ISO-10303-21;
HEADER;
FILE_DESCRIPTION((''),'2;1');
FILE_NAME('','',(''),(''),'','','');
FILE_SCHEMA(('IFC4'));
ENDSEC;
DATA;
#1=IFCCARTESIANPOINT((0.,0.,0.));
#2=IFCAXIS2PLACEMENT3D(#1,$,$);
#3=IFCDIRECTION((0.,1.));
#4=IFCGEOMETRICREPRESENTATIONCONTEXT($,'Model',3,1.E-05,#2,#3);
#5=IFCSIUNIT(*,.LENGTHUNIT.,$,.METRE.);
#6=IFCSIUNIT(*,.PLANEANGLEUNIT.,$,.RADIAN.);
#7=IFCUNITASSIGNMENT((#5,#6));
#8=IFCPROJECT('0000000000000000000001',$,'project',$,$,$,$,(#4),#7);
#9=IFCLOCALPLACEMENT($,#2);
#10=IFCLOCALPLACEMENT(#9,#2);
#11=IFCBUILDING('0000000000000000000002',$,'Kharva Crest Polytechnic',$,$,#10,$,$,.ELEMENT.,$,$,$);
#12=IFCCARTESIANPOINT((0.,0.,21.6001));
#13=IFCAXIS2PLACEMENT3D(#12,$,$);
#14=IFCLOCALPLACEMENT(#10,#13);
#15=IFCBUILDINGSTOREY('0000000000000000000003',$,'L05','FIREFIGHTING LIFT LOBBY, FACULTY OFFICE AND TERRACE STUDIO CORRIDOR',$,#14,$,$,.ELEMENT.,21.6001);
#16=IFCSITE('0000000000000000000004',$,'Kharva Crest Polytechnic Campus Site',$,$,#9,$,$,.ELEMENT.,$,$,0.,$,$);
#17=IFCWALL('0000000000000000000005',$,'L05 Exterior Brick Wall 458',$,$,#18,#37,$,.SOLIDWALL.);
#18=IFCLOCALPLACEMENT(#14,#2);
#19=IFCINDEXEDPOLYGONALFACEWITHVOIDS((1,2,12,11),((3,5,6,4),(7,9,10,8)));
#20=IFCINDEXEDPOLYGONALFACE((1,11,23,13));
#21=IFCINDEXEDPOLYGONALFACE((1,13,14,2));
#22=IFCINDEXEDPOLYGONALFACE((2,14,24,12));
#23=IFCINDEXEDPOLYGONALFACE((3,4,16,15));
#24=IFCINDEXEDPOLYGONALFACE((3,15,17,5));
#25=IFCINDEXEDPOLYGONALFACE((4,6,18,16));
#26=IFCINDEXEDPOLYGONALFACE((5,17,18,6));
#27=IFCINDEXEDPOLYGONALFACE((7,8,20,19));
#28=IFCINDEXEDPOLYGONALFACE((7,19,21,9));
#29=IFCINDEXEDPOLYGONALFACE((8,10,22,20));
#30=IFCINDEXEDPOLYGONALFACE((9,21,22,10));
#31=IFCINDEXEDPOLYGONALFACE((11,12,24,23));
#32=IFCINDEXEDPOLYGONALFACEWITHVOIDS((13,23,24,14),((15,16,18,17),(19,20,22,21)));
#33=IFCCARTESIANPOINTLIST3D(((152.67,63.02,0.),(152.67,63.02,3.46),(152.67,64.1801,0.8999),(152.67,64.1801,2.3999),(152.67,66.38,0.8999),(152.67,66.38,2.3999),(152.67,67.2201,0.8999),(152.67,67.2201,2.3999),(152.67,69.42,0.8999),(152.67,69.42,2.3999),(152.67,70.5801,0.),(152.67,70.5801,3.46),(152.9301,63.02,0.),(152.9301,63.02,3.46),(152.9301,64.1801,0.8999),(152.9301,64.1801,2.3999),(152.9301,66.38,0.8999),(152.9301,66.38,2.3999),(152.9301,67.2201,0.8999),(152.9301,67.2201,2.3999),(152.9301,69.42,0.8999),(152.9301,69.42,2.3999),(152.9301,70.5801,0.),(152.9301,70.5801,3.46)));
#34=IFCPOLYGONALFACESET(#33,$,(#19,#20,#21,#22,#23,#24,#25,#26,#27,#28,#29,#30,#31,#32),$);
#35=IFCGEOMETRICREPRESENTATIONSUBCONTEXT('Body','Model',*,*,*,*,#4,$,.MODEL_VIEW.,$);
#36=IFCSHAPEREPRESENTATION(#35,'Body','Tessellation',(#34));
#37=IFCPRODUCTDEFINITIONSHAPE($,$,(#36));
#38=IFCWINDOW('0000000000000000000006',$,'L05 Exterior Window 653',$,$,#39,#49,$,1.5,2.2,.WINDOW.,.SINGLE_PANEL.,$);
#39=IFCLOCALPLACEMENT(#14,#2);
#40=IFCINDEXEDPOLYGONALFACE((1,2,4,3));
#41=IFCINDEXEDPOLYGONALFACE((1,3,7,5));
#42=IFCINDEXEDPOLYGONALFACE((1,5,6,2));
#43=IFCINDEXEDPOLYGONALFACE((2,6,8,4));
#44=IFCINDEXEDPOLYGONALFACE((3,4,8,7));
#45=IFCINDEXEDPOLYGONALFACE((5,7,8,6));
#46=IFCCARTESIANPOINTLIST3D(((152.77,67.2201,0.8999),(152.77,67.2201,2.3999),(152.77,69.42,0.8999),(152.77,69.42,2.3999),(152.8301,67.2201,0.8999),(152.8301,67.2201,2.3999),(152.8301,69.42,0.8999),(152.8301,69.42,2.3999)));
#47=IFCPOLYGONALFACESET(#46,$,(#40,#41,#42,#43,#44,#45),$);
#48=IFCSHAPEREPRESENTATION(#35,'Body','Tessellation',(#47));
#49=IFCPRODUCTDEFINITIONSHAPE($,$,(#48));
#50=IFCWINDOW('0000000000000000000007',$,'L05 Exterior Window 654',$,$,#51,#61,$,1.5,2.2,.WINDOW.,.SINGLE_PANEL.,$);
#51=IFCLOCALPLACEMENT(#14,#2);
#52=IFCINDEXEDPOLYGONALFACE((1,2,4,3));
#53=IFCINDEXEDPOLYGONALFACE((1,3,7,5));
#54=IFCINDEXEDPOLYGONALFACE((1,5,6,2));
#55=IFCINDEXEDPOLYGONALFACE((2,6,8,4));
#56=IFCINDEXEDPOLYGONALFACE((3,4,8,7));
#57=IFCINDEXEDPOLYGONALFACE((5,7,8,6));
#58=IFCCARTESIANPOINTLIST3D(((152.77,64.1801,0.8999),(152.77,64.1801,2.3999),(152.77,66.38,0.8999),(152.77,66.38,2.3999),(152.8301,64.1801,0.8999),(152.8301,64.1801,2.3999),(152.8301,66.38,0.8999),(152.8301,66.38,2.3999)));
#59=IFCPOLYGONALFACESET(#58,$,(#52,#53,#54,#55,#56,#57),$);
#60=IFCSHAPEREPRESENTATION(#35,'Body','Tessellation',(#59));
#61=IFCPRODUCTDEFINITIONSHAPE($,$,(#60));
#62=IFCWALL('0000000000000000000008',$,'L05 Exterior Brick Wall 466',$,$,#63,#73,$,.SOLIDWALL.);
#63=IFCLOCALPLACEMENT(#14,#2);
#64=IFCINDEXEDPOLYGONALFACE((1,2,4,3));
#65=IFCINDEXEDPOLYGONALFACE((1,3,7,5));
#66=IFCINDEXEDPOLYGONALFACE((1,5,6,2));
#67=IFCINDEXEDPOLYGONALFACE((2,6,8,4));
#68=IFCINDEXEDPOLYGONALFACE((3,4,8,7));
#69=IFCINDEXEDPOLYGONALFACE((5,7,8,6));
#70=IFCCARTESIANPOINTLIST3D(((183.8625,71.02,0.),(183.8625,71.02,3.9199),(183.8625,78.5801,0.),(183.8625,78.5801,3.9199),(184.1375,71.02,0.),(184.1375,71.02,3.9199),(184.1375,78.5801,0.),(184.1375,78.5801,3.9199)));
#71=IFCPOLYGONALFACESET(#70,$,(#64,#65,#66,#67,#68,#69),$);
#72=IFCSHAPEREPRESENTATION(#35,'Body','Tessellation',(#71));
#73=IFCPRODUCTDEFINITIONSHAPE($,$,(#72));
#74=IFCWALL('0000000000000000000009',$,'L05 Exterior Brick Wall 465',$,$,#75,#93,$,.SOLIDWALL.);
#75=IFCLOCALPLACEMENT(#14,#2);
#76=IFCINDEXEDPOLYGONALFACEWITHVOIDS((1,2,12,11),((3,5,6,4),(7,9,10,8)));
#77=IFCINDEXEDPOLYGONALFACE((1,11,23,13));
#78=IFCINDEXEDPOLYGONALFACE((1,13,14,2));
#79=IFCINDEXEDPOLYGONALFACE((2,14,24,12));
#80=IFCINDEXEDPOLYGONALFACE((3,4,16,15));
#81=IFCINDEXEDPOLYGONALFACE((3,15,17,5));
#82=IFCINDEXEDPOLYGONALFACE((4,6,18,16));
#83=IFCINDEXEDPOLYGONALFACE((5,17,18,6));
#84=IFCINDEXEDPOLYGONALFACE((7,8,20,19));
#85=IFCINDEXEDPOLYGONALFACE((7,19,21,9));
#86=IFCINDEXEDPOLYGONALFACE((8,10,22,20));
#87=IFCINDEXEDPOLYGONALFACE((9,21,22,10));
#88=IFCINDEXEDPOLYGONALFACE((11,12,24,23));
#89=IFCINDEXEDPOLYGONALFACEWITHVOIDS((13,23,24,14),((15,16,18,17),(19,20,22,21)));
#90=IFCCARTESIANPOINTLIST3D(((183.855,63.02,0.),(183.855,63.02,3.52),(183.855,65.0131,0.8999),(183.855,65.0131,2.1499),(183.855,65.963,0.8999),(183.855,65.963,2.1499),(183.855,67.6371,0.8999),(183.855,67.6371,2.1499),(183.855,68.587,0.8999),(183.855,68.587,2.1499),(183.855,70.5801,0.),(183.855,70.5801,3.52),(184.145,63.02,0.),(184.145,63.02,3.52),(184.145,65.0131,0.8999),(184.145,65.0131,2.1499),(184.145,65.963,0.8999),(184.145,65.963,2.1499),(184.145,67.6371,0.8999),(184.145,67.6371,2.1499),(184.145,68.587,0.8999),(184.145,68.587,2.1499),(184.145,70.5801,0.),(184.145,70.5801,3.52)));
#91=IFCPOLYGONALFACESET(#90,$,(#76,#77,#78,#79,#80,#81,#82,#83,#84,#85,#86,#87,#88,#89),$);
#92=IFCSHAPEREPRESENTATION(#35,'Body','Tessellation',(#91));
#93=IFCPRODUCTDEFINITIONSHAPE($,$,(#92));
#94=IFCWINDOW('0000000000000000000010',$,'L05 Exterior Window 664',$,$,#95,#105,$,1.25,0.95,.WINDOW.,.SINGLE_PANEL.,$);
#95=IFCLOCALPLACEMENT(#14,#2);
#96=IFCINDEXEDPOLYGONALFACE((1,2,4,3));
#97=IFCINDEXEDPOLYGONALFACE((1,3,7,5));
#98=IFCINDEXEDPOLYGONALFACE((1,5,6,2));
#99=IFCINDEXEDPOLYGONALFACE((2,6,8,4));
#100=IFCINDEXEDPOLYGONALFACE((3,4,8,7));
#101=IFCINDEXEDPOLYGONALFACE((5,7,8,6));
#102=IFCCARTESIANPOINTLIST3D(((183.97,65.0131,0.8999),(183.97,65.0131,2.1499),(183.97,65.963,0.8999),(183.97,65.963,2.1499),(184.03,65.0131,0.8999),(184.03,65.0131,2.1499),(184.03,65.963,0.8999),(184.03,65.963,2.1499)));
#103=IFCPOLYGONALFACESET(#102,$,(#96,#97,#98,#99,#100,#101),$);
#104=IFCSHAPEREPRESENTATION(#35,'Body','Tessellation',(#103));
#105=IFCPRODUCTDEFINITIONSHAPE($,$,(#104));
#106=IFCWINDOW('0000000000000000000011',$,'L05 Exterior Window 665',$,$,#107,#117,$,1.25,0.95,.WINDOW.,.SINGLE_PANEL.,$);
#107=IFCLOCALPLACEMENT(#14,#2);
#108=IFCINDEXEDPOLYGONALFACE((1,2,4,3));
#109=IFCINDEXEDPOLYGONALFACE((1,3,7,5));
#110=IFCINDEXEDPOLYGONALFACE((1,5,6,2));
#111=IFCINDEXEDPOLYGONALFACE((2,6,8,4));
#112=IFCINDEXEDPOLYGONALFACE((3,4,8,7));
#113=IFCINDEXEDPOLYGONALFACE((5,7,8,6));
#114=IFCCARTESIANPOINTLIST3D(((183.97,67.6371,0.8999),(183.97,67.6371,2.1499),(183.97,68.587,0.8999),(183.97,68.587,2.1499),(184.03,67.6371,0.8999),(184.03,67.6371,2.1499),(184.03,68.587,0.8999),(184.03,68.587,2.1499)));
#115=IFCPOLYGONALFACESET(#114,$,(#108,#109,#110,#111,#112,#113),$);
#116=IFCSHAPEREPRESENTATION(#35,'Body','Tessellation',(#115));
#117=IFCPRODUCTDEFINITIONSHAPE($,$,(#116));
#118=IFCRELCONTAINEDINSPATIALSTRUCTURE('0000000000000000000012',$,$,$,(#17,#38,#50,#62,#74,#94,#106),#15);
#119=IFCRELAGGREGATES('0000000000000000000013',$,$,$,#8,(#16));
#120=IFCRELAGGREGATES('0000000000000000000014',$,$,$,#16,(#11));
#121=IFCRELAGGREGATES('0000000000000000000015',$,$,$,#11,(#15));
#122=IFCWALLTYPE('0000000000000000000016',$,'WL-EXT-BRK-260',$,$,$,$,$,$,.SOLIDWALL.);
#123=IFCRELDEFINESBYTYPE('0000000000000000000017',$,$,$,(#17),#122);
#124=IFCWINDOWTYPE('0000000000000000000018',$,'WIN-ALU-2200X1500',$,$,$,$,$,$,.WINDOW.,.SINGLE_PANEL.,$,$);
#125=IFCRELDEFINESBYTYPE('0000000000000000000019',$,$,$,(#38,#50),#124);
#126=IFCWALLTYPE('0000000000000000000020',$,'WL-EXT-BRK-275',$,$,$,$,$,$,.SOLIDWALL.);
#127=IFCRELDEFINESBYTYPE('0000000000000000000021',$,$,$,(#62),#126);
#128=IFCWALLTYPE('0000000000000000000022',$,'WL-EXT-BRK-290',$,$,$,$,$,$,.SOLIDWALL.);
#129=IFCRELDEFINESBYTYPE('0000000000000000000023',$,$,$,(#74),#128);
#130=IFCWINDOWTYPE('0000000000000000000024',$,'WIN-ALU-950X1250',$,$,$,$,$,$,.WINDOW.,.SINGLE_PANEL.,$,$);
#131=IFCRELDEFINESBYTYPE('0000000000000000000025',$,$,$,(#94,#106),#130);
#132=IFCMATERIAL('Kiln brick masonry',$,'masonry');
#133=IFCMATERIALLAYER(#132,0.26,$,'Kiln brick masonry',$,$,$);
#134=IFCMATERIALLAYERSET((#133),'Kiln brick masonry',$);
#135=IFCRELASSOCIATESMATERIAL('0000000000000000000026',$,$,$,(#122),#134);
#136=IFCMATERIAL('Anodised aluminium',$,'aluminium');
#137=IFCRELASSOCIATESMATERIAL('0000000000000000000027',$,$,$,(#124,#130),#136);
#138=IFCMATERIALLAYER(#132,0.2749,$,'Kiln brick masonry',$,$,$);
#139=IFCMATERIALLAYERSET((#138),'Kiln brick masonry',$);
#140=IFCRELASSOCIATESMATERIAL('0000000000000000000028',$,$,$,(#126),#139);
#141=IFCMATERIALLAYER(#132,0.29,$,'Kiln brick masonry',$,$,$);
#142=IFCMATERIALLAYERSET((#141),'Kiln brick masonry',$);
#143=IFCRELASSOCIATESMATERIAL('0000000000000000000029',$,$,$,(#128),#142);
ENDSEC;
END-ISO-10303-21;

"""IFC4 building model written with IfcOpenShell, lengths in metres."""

from ifc_helpers import new_model, si_unit, direction, frame, frame_2d, origin, place, context, subcontext, project, spatial, rectangle, extrude, material, layer, layer_set, type_object, element, fill, save


model = new_model("IFC4")

# Units and contexts
model_context = context("Model", 3, precision=1e-05, world=origin(), true_north=direction((0.0, 1.0)))
body_context = subcontext(model_context, "Body", "Model", "MODEL_VIEW")
ifc_project = project(units=[si_unit("LENGTHUNIT", "METRE"), si_unit("PLANEANGLEUNIT", "RADIAN")], contexts=[model_context])

# Site, building, storey
site_placement = place(None, origin())
site = spatial("IfcSite", under=ifc_project, at=site_placement, Name="Kharva Crest Polytechnic Campus Site", CompositionType="ELEMENT", RefElevation=0.0)
building_placement = place(site_placement, origin())
building = spatial("IfcBuilding", under=site, at=building_placement, Name="Kharva Crest Polytechnic", CompositionType="ELEMENT")
storey_placement = place(building_placement, frame((0.0, 0.0, 21.6001)))
storey = spatial("IfcBuildingStorey", under=building, at=storey_placement, Name="L05", Description="FIREFIGHTING LIFT LOBBY, FACULTY OFFICE AND TERRACE STUDIO CORRIDOR", CompositionType="ELEMENT", Elevation=21.6001)

# Wall, openings, windows
ifc_material_1 = material(Name="Kiln brick masonry", Category="masonry")
ifc_layer_1 = layer(ifc_material_1, 0.26, Name="Kiln brick masonry")
ifc_layer_set_1 = layer_set([ifc_layer_1], Name="Kiln brick masonry")
wall_type_1 = type_object("IfcWallType", Name="WL-EXT-BRK-260", PredefinedType="SOLIDWALL", material=ifc_layer_set_1)
wall_1_placement = place(storey_placement, frame((152.8, 70.5801, 0.0), z_axis=(0.0, 0.0, 1.0), x_axis=(0.0, -1.0, 0.0)))
wall_1 = element("IfcWall", 1, at=wall_1_placement, inside=storey, type_object=wall_type_1, Name="L05 Exterior Brick Wall 458", PredefinedType="SOLIDWALL", context=body_context, shape_type="SweptSolid", body=[
    extrude(rectangle(XDim=7.5601, YDim=0.26, at=frame_2d((3.78, 0.0))), origin(), (0.0, 0.0, 1.0), 3.46),
])
opening_1_placement = place(wall_1_placement, frame((1.1599, 0.0, 0.8999)))
opening_1 = element("IfcOpeningElement", 2, at=opening_1_placement, cuts=wall_1, PredefinedType="OPENING", context=body_context, shape_type="SweptSolid", body=[
    extrude(rectangle(XDim=2.2, YDim=1.5, at=frame_2d((1.1001, 0.75))), frame((0.0, 0.1399, 0.0), z_axis=(0.0, -1.0, 0.0), x_axis=(1.0, 0.0, 0.0)), (0.0, 0.0, 1.0), 0.28),
])
opening_2_placement = place(wall_1_placement, frame((4.2, 0.0, 0.8999)))
opening_2 = element("IfcOpeningElement", 3, at=opening_2_placement, cuts=wall_1, PredefinedType="OPENING", context=body_context, shape_type="SweptSolid", body=[
    extrude(rectangle(XDim=2.2, YDim=1.5, at=frame_2d((1.1001, 0.75))), frame((0.0, 0.1399, 0.0), z_axis=(0.0, -1.0, 0.0), x_axis=(1.0, 0.0, 0.0)), (0.0, 0.0, 1.0), 0.28),
])
ifc_material_2 = material(Name="Anodised aluminium", Category="aluminium")
window_type_1 = type_object("IfcWindowType", Name="WIN-ALU-2200X1500", PartitioningType="SINGLE_PANEL", PredefinedType="WINDOW", material=ifc_material_2)
window_1_placement = place(opening_1_placement, origin())
window_1 = element("IfcWindow", 4, at=window_1_placement, inside=storey, type_object=window_type_1, Name="L05 Exterior Window 653", OverallHeight=1.5, OverallWidth=2.2, PartitioningType="SINGLE_PANEL", PredefinedType="WINDOW", context=body_context, shape_type="SweptSolid", body=[
    extrude(rectangle(XDim=2.2, YDim=1.5, at=frame_2d((1.1001, 0.75))), frame((0.0, 0.03, 0.0), z_axis=(0.0, -1.0, 0.0), x_axis=(1.0, 0.0, 0.0)), (0.0, 0.0, 1.0), 0.0601),
])
fill(opening_1, window_1)
window_2_placement = place(opening_2_placement, origin())
window_2 = element("IfcWindow", 5, at=window_2_placement, inside=storey, type_object=window_type_1, Name="L05 Exterior Window 654", OverallHeight=1.5, OverallWidth=2.2, PartitioningType="SINGLE_PANEL", PredefinedType="WINDOW", context=body_context, shape_type="SweptSolid", body=[
    extrude(rectangle(XDim=2.2, YDim=1.5, at=frame_2d((1.1001, 0.75))), frame((0.0, 0.03, 0.0), z_axis=(0.0, -1.0, 0.0), x_axis=(1.0, 0.0, 0.0)), (0.0, 0.0, 1.0), 0.0601),
])
fill(opening_2, window_2)

# Wall
ifc_layer_2 = layer(ifc_material_1, 0.2749, Name="Kiln brick masonry")
ifc_layer_set_2 = layer_set([ifc_layer_2], Name="Kiln brick masonry")
wall_type_2 = type_object("IfcWallType", Name="WL-EXT-BRK-275", PredefinedType="SOLIDWALL", material=ifc_layer_set_2)
wall_2_placement = place(storey_placement, frame((184.0, 71.02, 0.0), z_axis=(0.0, 0.0, 1.0), x_axis=(0.0, 1.0, 0.0)))
element("IfcWall", 6, at=wall_2_placement, inside=storey, type_object=wall_type_2, Name="L05 Exterior Brick Wall 466", PredefinedType="SOLIDWALL", context=body_context, shape_type="SweptSolid", body=[
    extrude(rectangle(XDim=7.5601, YDim=0.2749, at=frame_2d((3.78, 0.0))), origin(), (0.0, 0.0, 1.0), 3.9199),
])

# Wall, openings, windows
ifc_layer_3 = layer(ifc_material_1, 0.29, Name="Kiln brick masonry")
ifc_layer_set_3 = layer_set([ifc_layer_3], Name="Kiln brick masonry")
wall_type_3 = type_object("IfcWallType", Name="WL-EXT-BRK-290", PredefinedType="SOLIDWALL", material=ifc_layer_set_3)
wall_3_placement = place(storey_placement, frame((184.0, 63.02, 0.0), z_axis=(0.0, 0.0, 1.0), x_axis=(0.0, 1.0, 0.0)))
wall_3 = element("IfcWall", 7, at=wall_3_placement, inside=storey, type_object=wall_type_3, Name="L05 Exterior Brick Wall 465", PredefinedType="SOLIDWALL", context=body_context, shape_type="SweptSolid", body=[
    extrude(rectangle(XDim=7.5601, YDim=0.29, at=frame_2d((3.78, 0.0))), origin(), (0.0, 0.0, 1.0), 3.52),
])
opening_3_placement = place(wall_3_placement, frame((1.9929, 0.0, 0.8999)))
opening_3 = element("IfcOpeningElement", 8, at=opening_3_placement, cuts=wall_3, PredefinedType="OPENING", context=body_context, shape_type="SweptSolid", body=[
    extrude(rectangle(XDim=0.95, YDim=1.25, at=frame_2d((0.4751, 0.625))), frame((0.0, 0.155, 0.0), z_axis=(0.0, -1.0, 0.0), x_axis=(1.0, 0.0, 0.0)), (0.0, 0.0, 1.0), 0.3101),
])
opening_4_placement = place(wall_3_placement, frame((4.6169, 0.0, 0.8999)))
opening_4 = element("IfcOpeningElement", 9, at=opening_4_placement, cuts=wall_3, PredefinedType="OPENING", context=body_context, shape_type="SweptSolid", body=[
    extrude(rectangle(XDim=0.95, YDim=1.25, at=frame_2d((0.4751, 0.625))), frame((0.0, 0.155, 0.0), z_axis=(0.0, -1.0, 0.0), x_axis=(1.0, 0.0, 0.0)), (0.0, 0.0, 1.0), 0.3101),
])
window_type_2 = type_object("IfcWindowType", Name="WIN-ALU-950X1250", PartitioningType="SINGLE_PANEL", PredefinedType="WINDOW", material=ifc_material_2)
window_3_placement = place(opening_3_placement, origin())
window_3 = element("IfcWindow", 10, at=window_3_placement, inside=storey, type_object=window_type_2, Name="L05 Exterior Window 664", OverallHeight=1.25, OverallWidth=0.95, PartitioningType="SINGLE_PANEL", PredefinedType="WINDOW", context=body_context, shape_type="SweptSolid", body=[
    extrude(rectangle(XDim=0.95, YDim=1.25, at=frame_2d((0.4751, 0.625))), frame((0.0, 0.03, 0.0), z_axis=(0.0, -1.0, 0.0), x_axis=(1.0, 0.0, 0.0)), (0.0, 0.0, 1.0), 0.0601),
])
fill(opening_3, window_3)
window_4_placement = place(opening_4_placement, origin())
window_4 = element("IfcWindow", 11, at=window_4_placement, inside=storey, type_object=window_type_2, Name="L05 Exterior Window 665", OverallHeight=1.25, OverallWidth=0.95, PartitioningType="SINGLE_PANEL", PredefinedType="WINDOW", context=body_context, shape_type="SweptSolid", body=[
    extrude(rectangle(XDim=0.95, YDim=1.25, at=frame_2d((0.4751, 0.625))), frame((0.0, 0.03, 0.0), z_axis=(0.0, -1.0, 0.0), x_axis=(1.0, 0.0, 0.0)), (0.0, 0.0, 1.0), 0.0601),
])
fill(opening_4, window_4)

save(model, "model.ifc")
